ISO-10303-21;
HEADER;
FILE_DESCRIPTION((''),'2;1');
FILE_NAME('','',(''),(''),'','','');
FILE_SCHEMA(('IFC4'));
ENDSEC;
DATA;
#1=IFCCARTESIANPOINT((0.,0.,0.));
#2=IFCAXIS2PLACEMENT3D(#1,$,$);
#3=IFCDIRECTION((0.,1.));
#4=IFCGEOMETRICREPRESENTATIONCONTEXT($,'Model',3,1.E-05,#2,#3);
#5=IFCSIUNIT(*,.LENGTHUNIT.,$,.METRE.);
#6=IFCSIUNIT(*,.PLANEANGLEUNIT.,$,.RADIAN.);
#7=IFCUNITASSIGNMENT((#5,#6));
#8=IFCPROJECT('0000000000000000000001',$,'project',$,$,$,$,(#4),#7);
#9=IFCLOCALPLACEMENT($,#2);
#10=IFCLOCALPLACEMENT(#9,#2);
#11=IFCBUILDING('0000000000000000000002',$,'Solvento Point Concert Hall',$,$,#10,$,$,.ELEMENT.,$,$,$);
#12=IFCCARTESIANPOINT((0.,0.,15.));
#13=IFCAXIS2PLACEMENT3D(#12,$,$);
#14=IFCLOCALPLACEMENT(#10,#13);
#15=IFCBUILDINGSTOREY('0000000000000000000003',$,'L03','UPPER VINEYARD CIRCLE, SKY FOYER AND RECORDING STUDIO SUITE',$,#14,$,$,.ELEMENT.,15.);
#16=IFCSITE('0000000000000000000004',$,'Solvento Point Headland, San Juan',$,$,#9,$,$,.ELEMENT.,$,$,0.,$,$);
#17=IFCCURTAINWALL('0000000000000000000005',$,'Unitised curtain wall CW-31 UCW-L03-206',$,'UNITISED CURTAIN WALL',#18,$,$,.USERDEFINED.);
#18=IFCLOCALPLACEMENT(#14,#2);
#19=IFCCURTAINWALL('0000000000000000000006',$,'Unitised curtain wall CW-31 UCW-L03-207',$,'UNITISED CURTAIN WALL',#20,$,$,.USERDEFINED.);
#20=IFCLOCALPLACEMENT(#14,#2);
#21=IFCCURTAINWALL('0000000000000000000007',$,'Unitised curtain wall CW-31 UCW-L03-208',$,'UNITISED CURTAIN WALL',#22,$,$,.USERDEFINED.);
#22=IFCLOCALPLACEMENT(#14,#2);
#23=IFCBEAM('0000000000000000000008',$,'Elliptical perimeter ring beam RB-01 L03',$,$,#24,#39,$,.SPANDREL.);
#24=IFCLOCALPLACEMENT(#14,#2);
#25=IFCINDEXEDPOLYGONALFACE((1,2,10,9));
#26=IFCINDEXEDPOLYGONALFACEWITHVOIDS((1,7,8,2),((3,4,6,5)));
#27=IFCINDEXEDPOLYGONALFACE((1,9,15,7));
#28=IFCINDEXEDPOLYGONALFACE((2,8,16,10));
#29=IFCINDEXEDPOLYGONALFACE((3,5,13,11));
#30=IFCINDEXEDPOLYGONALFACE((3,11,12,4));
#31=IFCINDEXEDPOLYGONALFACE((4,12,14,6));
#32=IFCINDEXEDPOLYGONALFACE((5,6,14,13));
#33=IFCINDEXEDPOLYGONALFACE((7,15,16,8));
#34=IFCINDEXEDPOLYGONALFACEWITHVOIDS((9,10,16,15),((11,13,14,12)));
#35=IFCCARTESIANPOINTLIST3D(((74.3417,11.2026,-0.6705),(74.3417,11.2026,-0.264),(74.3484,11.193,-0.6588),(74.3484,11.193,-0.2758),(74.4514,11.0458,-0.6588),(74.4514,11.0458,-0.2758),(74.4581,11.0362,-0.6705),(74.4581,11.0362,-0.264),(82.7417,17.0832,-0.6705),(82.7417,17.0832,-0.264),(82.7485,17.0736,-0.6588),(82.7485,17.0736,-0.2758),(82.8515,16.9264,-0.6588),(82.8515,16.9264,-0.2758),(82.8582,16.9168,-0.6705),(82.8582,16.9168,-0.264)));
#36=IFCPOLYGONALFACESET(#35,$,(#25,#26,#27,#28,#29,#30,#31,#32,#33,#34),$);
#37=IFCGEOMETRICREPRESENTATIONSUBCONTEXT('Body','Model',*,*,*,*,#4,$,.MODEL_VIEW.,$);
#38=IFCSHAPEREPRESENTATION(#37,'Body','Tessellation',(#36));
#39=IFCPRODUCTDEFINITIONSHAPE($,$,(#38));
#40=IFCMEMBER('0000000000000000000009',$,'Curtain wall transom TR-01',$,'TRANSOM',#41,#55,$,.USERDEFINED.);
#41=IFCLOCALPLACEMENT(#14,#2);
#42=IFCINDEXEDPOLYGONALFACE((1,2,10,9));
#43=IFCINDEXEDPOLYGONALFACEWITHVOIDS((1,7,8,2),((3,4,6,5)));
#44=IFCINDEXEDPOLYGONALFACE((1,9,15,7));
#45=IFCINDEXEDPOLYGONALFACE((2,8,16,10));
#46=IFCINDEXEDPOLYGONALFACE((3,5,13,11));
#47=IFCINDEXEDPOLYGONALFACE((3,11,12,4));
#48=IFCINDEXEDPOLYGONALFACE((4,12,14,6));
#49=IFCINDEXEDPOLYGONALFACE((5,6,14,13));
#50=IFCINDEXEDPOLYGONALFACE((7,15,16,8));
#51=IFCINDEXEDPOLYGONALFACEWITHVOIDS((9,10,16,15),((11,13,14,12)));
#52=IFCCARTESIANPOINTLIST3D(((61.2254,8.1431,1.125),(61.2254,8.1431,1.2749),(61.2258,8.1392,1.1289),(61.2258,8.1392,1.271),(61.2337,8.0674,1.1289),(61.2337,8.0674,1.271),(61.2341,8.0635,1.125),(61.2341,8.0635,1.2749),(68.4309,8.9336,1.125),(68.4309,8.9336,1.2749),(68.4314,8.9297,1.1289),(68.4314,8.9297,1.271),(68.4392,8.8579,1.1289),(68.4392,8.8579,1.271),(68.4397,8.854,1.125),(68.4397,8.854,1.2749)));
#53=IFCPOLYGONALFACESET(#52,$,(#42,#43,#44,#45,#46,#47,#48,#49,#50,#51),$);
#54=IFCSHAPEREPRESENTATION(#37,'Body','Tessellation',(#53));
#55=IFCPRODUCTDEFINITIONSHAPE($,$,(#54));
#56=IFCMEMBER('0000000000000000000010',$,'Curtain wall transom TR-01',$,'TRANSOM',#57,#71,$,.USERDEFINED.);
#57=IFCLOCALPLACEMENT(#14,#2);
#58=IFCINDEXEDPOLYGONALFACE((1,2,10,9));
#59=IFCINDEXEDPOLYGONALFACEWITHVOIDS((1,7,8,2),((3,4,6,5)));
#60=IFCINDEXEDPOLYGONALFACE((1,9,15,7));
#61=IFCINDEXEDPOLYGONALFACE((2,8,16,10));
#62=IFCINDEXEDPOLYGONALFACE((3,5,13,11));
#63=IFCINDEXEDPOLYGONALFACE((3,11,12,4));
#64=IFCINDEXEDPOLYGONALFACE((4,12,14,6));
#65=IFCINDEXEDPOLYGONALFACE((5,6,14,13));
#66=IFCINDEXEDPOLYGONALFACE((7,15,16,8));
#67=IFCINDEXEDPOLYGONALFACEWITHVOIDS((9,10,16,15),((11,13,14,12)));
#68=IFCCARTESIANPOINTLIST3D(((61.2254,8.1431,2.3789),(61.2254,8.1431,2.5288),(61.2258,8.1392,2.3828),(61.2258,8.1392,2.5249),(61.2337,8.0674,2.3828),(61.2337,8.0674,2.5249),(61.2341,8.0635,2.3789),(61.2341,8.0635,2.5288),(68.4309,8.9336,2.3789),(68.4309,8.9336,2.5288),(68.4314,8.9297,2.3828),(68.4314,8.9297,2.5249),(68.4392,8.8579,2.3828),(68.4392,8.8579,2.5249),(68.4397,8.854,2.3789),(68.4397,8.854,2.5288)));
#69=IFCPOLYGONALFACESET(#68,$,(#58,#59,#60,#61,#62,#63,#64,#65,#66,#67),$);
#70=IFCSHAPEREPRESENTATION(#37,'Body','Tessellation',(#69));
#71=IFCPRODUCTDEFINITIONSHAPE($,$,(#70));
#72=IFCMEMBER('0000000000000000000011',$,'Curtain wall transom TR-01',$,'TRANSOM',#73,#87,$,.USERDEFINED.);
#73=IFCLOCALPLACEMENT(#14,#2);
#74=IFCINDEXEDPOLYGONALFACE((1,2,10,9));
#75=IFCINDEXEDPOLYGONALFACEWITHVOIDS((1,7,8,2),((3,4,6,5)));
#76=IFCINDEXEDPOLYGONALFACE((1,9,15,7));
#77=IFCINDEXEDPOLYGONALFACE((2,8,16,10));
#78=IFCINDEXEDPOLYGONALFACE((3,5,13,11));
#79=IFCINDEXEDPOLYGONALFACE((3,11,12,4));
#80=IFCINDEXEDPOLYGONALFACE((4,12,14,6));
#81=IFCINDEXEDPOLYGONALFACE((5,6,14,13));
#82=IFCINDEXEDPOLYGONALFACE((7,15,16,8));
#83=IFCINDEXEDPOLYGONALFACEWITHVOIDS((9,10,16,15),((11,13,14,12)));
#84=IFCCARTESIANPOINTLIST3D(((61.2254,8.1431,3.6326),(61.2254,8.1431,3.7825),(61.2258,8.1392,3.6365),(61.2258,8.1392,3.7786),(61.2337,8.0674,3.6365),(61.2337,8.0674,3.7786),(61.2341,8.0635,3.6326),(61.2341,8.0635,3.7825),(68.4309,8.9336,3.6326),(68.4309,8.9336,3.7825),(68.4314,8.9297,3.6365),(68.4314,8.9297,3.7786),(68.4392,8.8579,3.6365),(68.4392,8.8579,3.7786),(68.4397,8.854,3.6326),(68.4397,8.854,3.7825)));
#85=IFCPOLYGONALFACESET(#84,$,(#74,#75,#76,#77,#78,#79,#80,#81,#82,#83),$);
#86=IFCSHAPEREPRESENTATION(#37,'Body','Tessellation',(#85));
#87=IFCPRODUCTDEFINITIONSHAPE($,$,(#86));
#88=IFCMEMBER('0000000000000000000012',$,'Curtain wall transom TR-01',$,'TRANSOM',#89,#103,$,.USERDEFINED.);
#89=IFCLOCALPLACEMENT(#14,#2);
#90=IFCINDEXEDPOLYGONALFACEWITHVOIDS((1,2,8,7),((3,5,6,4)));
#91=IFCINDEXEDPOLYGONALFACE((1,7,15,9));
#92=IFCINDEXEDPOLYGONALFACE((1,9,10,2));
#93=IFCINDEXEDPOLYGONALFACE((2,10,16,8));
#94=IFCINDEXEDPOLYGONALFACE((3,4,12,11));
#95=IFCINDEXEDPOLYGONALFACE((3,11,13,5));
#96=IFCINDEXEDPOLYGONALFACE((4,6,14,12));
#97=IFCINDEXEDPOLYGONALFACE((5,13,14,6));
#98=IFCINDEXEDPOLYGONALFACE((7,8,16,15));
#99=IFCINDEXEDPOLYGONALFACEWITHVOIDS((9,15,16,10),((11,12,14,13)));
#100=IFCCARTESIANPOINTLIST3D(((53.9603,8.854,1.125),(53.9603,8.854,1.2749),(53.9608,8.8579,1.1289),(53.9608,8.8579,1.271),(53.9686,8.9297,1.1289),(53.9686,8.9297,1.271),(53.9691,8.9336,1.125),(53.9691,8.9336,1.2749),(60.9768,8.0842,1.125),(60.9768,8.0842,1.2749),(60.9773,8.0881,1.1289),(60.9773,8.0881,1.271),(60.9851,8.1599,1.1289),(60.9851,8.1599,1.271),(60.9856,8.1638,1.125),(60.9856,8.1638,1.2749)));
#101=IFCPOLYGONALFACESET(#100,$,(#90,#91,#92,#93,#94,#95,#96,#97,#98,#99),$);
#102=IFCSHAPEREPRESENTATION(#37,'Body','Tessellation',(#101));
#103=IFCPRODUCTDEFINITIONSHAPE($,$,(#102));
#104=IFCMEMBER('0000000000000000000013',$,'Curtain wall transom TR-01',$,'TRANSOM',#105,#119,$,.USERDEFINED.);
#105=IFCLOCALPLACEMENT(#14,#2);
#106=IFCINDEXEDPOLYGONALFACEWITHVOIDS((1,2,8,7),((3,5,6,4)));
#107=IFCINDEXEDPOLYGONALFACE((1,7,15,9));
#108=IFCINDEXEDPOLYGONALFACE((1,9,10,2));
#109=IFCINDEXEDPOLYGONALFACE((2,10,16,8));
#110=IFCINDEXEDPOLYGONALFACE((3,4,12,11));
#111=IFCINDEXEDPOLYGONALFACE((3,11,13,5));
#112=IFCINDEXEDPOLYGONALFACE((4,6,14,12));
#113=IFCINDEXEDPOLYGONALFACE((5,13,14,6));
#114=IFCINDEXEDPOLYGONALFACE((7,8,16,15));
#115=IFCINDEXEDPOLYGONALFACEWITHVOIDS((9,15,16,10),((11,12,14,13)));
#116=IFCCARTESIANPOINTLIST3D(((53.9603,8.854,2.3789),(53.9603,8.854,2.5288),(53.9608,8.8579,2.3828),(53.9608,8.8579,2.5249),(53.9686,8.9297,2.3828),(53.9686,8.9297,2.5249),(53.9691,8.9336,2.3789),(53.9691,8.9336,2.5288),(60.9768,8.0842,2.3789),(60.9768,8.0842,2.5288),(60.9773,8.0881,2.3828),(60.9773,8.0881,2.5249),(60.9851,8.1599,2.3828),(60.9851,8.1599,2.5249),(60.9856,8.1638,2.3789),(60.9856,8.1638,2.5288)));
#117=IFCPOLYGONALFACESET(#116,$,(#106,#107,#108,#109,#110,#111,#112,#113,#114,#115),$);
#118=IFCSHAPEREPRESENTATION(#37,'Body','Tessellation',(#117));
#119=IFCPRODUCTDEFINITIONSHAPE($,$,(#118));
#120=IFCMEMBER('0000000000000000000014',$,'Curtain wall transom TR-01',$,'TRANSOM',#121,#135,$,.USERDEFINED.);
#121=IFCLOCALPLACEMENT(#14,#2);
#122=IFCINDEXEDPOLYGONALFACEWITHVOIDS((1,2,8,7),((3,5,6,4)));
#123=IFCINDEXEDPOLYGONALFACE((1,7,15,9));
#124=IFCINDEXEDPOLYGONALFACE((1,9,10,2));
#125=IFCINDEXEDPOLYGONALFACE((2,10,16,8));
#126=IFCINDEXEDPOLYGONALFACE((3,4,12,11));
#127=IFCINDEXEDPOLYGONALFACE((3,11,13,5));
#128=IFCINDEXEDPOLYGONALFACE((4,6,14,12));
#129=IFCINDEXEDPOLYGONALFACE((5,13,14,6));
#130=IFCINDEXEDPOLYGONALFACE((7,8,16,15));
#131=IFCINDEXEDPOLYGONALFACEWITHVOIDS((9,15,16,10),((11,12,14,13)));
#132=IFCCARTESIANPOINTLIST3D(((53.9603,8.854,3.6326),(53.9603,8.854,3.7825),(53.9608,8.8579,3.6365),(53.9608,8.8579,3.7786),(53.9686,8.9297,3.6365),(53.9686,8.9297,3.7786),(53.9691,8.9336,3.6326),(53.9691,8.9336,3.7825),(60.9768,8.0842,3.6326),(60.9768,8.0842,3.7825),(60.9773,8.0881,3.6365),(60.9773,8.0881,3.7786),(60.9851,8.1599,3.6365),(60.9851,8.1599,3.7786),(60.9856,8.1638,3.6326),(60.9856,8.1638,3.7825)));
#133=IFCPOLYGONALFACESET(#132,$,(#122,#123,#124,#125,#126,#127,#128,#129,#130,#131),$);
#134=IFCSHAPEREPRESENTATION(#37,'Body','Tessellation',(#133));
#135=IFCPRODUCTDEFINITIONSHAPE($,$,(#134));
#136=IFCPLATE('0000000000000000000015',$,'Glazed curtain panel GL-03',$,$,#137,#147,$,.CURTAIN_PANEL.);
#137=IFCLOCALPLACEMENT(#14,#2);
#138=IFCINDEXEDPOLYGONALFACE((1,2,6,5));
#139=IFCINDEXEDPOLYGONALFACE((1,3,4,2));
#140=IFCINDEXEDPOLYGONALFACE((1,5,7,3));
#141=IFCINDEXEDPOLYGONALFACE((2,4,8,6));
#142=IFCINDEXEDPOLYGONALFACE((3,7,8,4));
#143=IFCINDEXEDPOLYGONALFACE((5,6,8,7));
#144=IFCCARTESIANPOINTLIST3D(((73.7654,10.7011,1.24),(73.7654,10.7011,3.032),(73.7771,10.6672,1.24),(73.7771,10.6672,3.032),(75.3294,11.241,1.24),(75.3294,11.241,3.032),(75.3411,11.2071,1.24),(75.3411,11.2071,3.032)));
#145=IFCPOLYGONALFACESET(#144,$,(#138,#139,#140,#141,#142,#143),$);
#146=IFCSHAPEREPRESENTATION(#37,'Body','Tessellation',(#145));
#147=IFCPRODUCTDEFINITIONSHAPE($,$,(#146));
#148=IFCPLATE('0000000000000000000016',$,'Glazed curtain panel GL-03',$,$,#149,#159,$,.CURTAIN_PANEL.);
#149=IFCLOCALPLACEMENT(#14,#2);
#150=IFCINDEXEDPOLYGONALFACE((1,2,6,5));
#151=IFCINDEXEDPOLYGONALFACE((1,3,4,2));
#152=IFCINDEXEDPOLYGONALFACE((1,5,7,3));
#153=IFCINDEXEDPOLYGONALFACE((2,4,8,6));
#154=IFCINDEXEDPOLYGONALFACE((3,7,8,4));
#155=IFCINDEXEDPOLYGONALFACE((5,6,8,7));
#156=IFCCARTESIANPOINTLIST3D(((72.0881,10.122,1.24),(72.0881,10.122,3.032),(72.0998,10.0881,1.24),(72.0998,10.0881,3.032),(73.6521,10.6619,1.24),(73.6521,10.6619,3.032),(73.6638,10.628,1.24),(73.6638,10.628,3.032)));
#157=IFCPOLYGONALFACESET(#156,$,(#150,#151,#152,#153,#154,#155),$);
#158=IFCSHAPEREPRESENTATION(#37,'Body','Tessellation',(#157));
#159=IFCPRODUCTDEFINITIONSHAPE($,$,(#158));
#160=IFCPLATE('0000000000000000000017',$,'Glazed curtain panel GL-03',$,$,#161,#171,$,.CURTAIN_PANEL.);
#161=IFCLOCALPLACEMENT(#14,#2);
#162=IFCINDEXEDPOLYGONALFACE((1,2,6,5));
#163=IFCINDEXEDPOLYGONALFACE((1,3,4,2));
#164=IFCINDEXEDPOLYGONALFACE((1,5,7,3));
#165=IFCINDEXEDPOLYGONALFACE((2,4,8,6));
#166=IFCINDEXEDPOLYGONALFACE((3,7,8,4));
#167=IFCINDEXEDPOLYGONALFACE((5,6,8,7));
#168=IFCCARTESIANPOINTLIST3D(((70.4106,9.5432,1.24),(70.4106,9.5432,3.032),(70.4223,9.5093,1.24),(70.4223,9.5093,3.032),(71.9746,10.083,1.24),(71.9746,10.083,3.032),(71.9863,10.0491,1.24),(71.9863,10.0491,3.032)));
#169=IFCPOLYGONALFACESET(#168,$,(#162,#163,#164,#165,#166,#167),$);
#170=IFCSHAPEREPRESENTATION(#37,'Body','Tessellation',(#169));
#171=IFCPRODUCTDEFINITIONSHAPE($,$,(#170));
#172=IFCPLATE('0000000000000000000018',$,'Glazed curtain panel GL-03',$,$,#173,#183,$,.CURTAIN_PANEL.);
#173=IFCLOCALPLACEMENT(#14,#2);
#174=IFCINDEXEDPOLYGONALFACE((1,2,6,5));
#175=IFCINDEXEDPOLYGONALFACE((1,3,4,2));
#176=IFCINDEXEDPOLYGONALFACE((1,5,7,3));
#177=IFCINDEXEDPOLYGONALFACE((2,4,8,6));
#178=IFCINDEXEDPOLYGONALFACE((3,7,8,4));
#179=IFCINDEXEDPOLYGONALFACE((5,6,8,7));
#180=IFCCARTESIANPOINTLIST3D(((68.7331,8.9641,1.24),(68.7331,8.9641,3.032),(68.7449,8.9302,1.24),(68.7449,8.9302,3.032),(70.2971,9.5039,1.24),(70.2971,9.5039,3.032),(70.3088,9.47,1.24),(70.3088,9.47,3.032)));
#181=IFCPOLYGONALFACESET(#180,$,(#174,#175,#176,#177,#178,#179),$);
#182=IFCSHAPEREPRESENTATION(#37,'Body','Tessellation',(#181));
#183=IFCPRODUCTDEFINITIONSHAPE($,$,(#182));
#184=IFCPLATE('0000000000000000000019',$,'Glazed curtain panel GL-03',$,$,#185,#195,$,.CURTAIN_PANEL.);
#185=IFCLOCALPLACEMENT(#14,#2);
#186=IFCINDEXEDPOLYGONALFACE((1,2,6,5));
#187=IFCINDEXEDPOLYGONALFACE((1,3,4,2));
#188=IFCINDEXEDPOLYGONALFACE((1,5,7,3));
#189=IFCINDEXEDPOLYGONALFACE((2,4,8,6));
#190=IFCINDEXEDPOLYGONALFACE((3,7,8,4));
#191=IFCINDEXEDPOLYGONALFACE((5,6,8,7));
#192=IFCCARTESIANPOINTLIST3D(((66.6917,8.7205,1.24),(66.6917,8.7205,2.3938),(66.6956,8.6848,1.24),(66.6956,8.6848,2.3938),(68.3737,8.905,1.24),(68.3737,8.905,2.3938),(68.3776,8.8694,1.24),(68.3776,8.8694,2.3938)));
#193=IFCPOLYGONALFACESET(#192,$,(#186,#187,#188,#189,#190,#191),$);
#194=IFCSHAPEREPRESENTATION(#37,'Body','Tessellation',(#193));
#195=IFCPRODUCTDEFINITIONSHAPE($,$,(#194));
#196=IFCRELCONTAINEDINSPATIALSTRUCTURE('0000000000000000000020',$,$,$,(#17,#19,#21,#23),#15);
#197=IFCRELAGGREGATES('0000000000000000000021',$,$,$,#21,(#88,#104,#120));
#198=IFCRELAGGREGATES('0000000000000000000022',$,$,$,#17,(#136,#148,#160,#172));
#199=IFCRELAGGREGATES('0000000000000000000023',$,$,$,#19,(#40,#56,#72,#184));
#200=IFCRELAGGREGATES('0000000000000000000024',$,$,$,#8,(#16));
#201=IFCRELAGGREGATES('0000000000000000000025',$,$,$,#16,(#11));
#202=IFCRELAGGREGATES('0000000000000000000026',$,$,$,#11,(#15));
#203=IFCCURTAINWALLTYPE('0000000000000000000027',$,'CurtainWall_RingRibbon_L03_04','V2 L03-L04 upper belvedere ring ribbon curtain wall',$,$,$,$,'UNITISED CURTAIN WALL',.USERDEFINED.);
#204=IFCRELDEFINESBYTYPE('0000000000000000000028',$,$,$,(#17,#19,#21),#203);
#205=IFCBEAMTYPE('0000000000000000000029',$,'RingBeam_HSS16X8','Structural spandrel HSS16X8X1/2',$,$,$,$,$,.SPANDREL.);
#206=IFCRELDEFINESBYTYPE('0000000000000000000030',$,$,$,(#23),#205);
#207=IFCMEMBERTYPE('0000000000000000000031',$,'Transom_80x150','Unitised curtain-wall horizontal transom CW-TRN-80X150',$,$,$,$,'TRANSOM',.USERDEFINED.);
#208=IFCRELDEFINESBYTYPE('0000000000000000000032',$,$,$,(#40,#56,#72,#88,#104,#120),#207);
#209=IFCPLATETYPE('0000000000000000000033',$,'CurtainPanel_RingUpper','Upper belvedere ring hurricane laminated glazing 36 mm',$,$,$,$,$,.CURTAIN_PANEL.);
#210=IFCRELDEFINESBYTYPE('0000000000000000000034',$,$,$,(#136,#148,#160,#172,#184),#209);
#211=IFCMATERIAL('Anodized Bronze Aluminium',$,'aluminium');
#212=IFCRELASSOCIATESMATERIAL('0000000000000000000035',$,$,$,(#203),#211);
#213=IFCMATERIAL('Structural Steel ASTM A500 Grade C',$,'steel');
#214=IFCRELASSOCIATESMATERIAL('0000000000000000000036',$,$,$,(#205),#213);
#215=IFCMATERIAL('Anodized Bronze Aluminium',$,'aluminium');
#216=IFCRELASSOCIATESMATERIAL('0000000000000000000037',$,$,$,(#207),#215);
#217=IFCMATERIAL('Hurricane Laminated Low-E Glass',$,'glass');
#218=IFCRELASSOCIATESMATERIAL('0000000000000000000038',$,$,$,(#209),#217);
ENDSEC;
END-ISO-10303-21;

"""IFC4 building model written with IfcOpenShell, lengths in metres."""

from ifc_helpers import new_model, si_unit, direction, frame, origin, origin_2d, place, context, subcontext, project, spatial, rectangle, hollow_rectangle, extrude, material, material_profile, profile_set, type_object, element, aggregate, save


model = new_model("IFC4")

# Units and contexts
model_context = context("Model", 3, precision=1e-05, world=origin(), true_north=direction((0.0, 1.0)))
body_context = subcontext(model_context, "Body", "Model", "MODEL_VIEW")
ifc_project = project(units=[si_unit("LENGTHUNIT", "METRE"), si_unit("PLANEANGLEUNIT", "RADIAN")], contexts=[model_context])

# Site, building, storey
site_placement = place(None, origin())
site = spatial("IfcSite", under=ifc_project, at=site_placement, Name="Solvento Point Headland, San Juan", CompositionType="ELEMENT", RefElevation=0.0)
building_placement = place(site_placement, origin())
building = spatial("IfcBuilding", under=site, at=building_placement, Name="Solvento Point Concert Hall", CompositionType="ELEMENT")
storey_placement = place(building_placement, frame((0.0, 0.0, 15.0)))
storey = spatial("IfcBuildingStorey", under=building, at=storey_placement, Name="L03", Description="UPPER VINEYARD CIRCLE, SKY FOYER AND RECORDING STUDIO SUITE", CompositionType="ELEMENT", Elevation=15.0)

# Curtain walls
ifc_material_1 = material(Name="Anodized Bronze Aluminium", Category="aluminium")
curtain_wall_type = type_object("IfcCurtainWallType", Name="CurtainWall_RingRibbon_L03_04", Description="V2 L03-L04 upper belvedere ring ribbon curtain wall", ElementType="UNITISED CURTAIN WALL", PredefinedType="USERDEFINED", material=ifc_material_1)
curtain_wall_1_placement = place(storey_placement, origin())
curtain_wall_1 = element("IfcCurtainWall", 1, at=curtain_wall_1_placement, inside=storey, type_object=curtain_wall_type, Name="Unitised curtain wall CW-31 UCW-L03-206", ObjectType="UNITISED CURTAIN WALL", PredefinedType="USERDEFINED")
curtain_wall_2_placement = place(storey_placement, origin())
curtain_wall_2 = element("IfcCurtainWall", 2, at=curtain_wall_2_placement, inside=storey, type_object=curtain_wall_type, Name="Unitised curtain wall CW-31 UCW-L03-207", ObjectType="UNITISED CURTAIN WALL", PredefinedType="USERDEFINED")

# Curtain wall
curtain_wall_3_placement = place(storey_placement, origin())
curtain_wall_3 = element("IfcCurtainWall", 3, at=curtain_wall_3_placement, inside=storey, type_object=curtain_wall_type, Name="Unitised curtain wall CW-31 UCW-L03-208", ObjectType="UNITISED CURTAIN WALL", PredefinedType="USERDEFINED")

# Beam
ifc_material_2 = material(Name="Structural Steel ASTM A500 Grade C", Category="steel")
ifc_material_profile_1 = material_profile(ifc_material_2, hollow_rectangle(XDim=0.2031, YDim=0.4065, WallThickness=0.0117, at=origin_2d()), Name="HSS16X8X1/2")
ifc_profile_set_1 = profile_set([ifc_material_profile_1], Name="Structural Steel ASTM A500 Grade C")
beam_type = type_object("IfcBeamType", Name="RingBeam_HSS16X8", Description="Structural spandrel HSS16X8X1/2", PredefinedType="SPANDREL", material=ifc_profile_set_1)
beam_1_placement = place(storey_placement, frame((74.3999, 11.1194, -0.4673), z_axis=(0.819208, 0.573496, 0.0), x_axis=(-0.573496, 0.819208, 0.0)))
element("IfcBeam", 4, at=beam_1_placement, inside=storey, type_object=beam_type, Name="Elliptical perimeter ring beam RB-01 L03", PredefinedType="SPANDREL", context=body_context, shape_type="SweptSolid", body=[
    extrude(hollow_rectangle(XDim=0.2031, YDim=0.4065, WallThickness=0.0117, at=origin_2d()), origin(), (0.0, 0.0, 1.0), 10.2539),
])

# Members
ifc_material_3 = material(Name="Anodized Bronze Aluminium", Category="aluminium")
ifc_material_profile_2 = material_profile(ifc_material_3, hollow_rectangle(XDim=0.0801, YDim=0.1499, WallThickness=0.0039, at=origin_2d()), Name="CW-TRN-80X150")
ifc_profile_set_2 = profile_set([ifc_material_profile_2], Name="Anodized Bronze Aluminium")
member_type_1 = type_object("IfcMemberType", Name="Transom_80x150", Description="Unitised curtain-wall horizontal transom CW-TRN-80X150", ElementType="TRANSOM", PredefinedType="USERDEFINED", material=ifc_profile_set_2)
member_1_placement = place(storey_placement, frame((68.4353, 8.8938, 1.2), z_axis=(-0.994036, -0.109056, 0.0), x_axis=(0.109056, -0.994036, 0.0)))
member_1 = element("IfcMember", 5, at=member_1_placement, type_object=member_type_1, Name="Curtain wall transom TR-01", ObjectType="TRANSOM", PredefinedType="USERDEFINED", context=body_context, shape_type="SweptSolid", body=[
    extrude(hollow_rectangle(XDim=0.0801, YDim=0.1499, WallThickness=0.0039, at=origin_2d()), origin(), (0.0, 0.0, 1.0), 7.2488),
])
member_2_placement = place(storey_placement, frame((68.4353, 8.8938, 2.4539), z_axis=(-0.994036, -0.109056, 0.0), x_axis=(0.109056, -0.994036, 0.0)))
member_2 = element("IfcMember", 6, at=member_2_placement, type_object=member_type_1, Name="Curtain wall transom TR-01", ObjectType="TRANSOM", PredefinedType="USERDEFINED", context=body_context, shape_type="SweptSolid", body=[
    extrude(hollow_rectangle(XDim=0.0801, YDim=0.1499, WallThickness=0.0039, at=origin_2d()), origin(), (0.0, 0.0, 1.0), 7.2488),
])
member_3_placement = place(storey_placement, frame((68.4353, 8.8938, 3.7075), z_axis=(-0.994036, -0.109056, 0.0), x_axis=(0.109056, -0.994036, 0.0)))
member_3 = element("IfcMember", 7, at=member_3_placement, type_object=member_type_1, Name="Curtain wall transom TR-01", ObjectType="TRANSOM", PredefinedType="USERDEFINED", context=body_context, shape_type="SweptSolid", body=[
    extrude(hollow_rectangle(XDim=0.0801, YDim=0.1499, WallThickness=0.0039, at=origin_2d()), origin(), (0.0, 0.0, 1.0), 7.2488),
])
member_4_placement = place(storey_placement, frame((60.9812, 8.124, 1.2), z_axis=(-0.994036, 0.109053, 0.0), x_axis=(-0.109053, -0.994036, 0.0)))
member_4 = element("IfcMember", 8, at=member_4_placement, type_object=member_type_1, Name="Curtain wall transom TR-01", ObjectType="TRANSOM", PredefinedType="USERDEFINED", context=body_context, shape_type="SweptSolid", body=[
    extrude(hollow_rectangle(XDim=0.0801, YDim=0.1499, WallThickness=0.0039, at=origin_2d()), origin(), (0.0, 0.0, 1.0), 7.0586),
])
member_5_placement = place(storey_placement, frame((60.9812, 8.124, 2.4539), z_axis=(-0.994036, 0.109053, 0.0), x_axis=(-0.109053, -0.994036, 0.0)))
member_5 = element("IfcMember", 9, at=member_5_placement, type_object=member_type_1, Name="Curtain wall transom TR-01", ObjectType="TRANSOM", PredefinedType="USERDEFINED", context=body_context, shape_type="SweptSolid", body=[
    extrude(hollow_rectangle(XDim=0.0801, YDim=0.1499, WallThickness=0.0039, at=origin_2d()), origin(), (0.0, 0.0, 1.0), 7.0586),
])
member_6_placement = place(storey_placement, frame((60.9812, 8.124, 3.7075), z_axis=(-0.994036, 0.109053, 0.0), x_axis=(-0.109053, -0.994036, 0.0)))
member_6 = element("IfcMember", 10, at=member_6_placement, type_object=member_type_1, Name="Curtain wall transom TR-01", ObjectType="TRANSOM", PredefinedType="USERDEFINED", context=body_context, shape_type="SweptSolid", body=[
    extrude(hollow_rectangle(XDim=0.0801, YDim=0.1499, WallThickness=0.0039, at=origin_2d()), origin(), (0.0, 0.0, 1.0), 7.0586),
])
aggregate(curtain_wall_3, [member_4, member_5, member_6])

# Plates
ifc_material_4 = material(Name="Hurricane Laminated Low-E Glass", Category="glass")
plate_type = type_object("IfcPlateType", Name="CurtainPanel_RingUpper", Description="Upper belvedere ring hurricane laminated glazing 36 mm", PredefinedType="CURTAIN_PANEL", material=ifc_material_4)
plate_1_placement = place(storey_placement, frame((74.5532, 10.9541, 1.24), z_axis=(0.0, 0.0, 1.0), x_axis=(-0.945271, -0.326286, 0.0)))
plate_1 = element("IfcPlate", 11, at=plate_1_placement, type_object=plate_type, Name="Glazed curtain panel GL-03", PredefinedType="CURTAIN_PANEL", context=body_context, shape_type="SweptSolid", body=[
    extrude(rectangle(XDim=1.6545, YDim=0.0359, at=origin_2d()), origin(), (0.0, 0.0, 1.0), 1.792),
])
plate_2_placement = place(storey_placement, frame((72.876, 10.375, 1.24), z_axis=(0.0, 0.0, 1.0), x_axis=(-0.945271, -0.326286, 0.0)))
plate_2 = element("IfcPlate", 12, at=plate_2_placement, type_object=plate_type, Name="Glazed curtain panel GL-03", PredefinedType="CURTAIN_PANEL", context=body_context, shape_type="SweptSolid", body=[
    extrude(rectangle(XDim=1.6545, YDim=0.0359, at=origin_2d()), origin(), (0.0, 0.0, 1.0), 1.792),
])
plate_3_placement = place(storey_placement, frame((71.1985, 9.7961, 1.24), z_axis=(0.0, 0.0, 1.0), x_axis=(-0.945271, -0.326286, 0.0)))
plate_3 = element("IfcPlate", 13, at=plate_3_placement, type_object=plate_type, Name="Glazed curtain panel GL-03", PredefinedType="CURTAIN_PANEL", context=body_context, shape_type="SweptSolid", body=[
    extrude(rectangle(XDim=1.6545, YDim=0.0359, at=origin_2d()), origin(), (0.0, 0.0, 1.0), 1.792),
])
plate_4_placement = place(storey_placement, frame((69.521, 9.217, 1.24), z_axis=(0.0, 0.0, 1.0), x_axis=(-0.945271, -0.326286, 0.0)))
plate_4 = element("IfcPlate", 14, at=plate_4_placement, type_object=plate_type, Name="Glazed curtain panel GL-03", PredefinedType="CURTAIN_PANEL", context=body_context, shape_type="SweptSolid", body=[
    extrude(rectangle(XDim=1.6545, YDim=0.0359, at=origin_2d()), origin(), (0.0, 0.0, 1.0), 1.792),
])
aggregate(curtain_wall_1, [plate_1, plate_2, plate_3, plate_4])
plate_5_placement = place(storey_placement, frame((67.5347, 8.7949, 1.24), z_axis=(0.0, 0.0, 1.0), x_axis=(-0.994035, -0.109058, 0.0)))
plate_5 = element("IfcPlate", 15, at=plate_5_placement, type_object=plate_type, Name="Glazed curtain panel GL-03", PredefinedType="CURTAIN_PANEL", context=body_context, shape_type="SweptSolid", body=[
    extrude(rectangle(XDim=1.6921, YDim=0.0359, at=origin_2d()), origin(), (0.0, 0.0, 1.0), 1.1538),
])
aggregate(curtain_wall_2, [member_1, member_2, member_3, plate_5])

save(model, "model.ifc")
